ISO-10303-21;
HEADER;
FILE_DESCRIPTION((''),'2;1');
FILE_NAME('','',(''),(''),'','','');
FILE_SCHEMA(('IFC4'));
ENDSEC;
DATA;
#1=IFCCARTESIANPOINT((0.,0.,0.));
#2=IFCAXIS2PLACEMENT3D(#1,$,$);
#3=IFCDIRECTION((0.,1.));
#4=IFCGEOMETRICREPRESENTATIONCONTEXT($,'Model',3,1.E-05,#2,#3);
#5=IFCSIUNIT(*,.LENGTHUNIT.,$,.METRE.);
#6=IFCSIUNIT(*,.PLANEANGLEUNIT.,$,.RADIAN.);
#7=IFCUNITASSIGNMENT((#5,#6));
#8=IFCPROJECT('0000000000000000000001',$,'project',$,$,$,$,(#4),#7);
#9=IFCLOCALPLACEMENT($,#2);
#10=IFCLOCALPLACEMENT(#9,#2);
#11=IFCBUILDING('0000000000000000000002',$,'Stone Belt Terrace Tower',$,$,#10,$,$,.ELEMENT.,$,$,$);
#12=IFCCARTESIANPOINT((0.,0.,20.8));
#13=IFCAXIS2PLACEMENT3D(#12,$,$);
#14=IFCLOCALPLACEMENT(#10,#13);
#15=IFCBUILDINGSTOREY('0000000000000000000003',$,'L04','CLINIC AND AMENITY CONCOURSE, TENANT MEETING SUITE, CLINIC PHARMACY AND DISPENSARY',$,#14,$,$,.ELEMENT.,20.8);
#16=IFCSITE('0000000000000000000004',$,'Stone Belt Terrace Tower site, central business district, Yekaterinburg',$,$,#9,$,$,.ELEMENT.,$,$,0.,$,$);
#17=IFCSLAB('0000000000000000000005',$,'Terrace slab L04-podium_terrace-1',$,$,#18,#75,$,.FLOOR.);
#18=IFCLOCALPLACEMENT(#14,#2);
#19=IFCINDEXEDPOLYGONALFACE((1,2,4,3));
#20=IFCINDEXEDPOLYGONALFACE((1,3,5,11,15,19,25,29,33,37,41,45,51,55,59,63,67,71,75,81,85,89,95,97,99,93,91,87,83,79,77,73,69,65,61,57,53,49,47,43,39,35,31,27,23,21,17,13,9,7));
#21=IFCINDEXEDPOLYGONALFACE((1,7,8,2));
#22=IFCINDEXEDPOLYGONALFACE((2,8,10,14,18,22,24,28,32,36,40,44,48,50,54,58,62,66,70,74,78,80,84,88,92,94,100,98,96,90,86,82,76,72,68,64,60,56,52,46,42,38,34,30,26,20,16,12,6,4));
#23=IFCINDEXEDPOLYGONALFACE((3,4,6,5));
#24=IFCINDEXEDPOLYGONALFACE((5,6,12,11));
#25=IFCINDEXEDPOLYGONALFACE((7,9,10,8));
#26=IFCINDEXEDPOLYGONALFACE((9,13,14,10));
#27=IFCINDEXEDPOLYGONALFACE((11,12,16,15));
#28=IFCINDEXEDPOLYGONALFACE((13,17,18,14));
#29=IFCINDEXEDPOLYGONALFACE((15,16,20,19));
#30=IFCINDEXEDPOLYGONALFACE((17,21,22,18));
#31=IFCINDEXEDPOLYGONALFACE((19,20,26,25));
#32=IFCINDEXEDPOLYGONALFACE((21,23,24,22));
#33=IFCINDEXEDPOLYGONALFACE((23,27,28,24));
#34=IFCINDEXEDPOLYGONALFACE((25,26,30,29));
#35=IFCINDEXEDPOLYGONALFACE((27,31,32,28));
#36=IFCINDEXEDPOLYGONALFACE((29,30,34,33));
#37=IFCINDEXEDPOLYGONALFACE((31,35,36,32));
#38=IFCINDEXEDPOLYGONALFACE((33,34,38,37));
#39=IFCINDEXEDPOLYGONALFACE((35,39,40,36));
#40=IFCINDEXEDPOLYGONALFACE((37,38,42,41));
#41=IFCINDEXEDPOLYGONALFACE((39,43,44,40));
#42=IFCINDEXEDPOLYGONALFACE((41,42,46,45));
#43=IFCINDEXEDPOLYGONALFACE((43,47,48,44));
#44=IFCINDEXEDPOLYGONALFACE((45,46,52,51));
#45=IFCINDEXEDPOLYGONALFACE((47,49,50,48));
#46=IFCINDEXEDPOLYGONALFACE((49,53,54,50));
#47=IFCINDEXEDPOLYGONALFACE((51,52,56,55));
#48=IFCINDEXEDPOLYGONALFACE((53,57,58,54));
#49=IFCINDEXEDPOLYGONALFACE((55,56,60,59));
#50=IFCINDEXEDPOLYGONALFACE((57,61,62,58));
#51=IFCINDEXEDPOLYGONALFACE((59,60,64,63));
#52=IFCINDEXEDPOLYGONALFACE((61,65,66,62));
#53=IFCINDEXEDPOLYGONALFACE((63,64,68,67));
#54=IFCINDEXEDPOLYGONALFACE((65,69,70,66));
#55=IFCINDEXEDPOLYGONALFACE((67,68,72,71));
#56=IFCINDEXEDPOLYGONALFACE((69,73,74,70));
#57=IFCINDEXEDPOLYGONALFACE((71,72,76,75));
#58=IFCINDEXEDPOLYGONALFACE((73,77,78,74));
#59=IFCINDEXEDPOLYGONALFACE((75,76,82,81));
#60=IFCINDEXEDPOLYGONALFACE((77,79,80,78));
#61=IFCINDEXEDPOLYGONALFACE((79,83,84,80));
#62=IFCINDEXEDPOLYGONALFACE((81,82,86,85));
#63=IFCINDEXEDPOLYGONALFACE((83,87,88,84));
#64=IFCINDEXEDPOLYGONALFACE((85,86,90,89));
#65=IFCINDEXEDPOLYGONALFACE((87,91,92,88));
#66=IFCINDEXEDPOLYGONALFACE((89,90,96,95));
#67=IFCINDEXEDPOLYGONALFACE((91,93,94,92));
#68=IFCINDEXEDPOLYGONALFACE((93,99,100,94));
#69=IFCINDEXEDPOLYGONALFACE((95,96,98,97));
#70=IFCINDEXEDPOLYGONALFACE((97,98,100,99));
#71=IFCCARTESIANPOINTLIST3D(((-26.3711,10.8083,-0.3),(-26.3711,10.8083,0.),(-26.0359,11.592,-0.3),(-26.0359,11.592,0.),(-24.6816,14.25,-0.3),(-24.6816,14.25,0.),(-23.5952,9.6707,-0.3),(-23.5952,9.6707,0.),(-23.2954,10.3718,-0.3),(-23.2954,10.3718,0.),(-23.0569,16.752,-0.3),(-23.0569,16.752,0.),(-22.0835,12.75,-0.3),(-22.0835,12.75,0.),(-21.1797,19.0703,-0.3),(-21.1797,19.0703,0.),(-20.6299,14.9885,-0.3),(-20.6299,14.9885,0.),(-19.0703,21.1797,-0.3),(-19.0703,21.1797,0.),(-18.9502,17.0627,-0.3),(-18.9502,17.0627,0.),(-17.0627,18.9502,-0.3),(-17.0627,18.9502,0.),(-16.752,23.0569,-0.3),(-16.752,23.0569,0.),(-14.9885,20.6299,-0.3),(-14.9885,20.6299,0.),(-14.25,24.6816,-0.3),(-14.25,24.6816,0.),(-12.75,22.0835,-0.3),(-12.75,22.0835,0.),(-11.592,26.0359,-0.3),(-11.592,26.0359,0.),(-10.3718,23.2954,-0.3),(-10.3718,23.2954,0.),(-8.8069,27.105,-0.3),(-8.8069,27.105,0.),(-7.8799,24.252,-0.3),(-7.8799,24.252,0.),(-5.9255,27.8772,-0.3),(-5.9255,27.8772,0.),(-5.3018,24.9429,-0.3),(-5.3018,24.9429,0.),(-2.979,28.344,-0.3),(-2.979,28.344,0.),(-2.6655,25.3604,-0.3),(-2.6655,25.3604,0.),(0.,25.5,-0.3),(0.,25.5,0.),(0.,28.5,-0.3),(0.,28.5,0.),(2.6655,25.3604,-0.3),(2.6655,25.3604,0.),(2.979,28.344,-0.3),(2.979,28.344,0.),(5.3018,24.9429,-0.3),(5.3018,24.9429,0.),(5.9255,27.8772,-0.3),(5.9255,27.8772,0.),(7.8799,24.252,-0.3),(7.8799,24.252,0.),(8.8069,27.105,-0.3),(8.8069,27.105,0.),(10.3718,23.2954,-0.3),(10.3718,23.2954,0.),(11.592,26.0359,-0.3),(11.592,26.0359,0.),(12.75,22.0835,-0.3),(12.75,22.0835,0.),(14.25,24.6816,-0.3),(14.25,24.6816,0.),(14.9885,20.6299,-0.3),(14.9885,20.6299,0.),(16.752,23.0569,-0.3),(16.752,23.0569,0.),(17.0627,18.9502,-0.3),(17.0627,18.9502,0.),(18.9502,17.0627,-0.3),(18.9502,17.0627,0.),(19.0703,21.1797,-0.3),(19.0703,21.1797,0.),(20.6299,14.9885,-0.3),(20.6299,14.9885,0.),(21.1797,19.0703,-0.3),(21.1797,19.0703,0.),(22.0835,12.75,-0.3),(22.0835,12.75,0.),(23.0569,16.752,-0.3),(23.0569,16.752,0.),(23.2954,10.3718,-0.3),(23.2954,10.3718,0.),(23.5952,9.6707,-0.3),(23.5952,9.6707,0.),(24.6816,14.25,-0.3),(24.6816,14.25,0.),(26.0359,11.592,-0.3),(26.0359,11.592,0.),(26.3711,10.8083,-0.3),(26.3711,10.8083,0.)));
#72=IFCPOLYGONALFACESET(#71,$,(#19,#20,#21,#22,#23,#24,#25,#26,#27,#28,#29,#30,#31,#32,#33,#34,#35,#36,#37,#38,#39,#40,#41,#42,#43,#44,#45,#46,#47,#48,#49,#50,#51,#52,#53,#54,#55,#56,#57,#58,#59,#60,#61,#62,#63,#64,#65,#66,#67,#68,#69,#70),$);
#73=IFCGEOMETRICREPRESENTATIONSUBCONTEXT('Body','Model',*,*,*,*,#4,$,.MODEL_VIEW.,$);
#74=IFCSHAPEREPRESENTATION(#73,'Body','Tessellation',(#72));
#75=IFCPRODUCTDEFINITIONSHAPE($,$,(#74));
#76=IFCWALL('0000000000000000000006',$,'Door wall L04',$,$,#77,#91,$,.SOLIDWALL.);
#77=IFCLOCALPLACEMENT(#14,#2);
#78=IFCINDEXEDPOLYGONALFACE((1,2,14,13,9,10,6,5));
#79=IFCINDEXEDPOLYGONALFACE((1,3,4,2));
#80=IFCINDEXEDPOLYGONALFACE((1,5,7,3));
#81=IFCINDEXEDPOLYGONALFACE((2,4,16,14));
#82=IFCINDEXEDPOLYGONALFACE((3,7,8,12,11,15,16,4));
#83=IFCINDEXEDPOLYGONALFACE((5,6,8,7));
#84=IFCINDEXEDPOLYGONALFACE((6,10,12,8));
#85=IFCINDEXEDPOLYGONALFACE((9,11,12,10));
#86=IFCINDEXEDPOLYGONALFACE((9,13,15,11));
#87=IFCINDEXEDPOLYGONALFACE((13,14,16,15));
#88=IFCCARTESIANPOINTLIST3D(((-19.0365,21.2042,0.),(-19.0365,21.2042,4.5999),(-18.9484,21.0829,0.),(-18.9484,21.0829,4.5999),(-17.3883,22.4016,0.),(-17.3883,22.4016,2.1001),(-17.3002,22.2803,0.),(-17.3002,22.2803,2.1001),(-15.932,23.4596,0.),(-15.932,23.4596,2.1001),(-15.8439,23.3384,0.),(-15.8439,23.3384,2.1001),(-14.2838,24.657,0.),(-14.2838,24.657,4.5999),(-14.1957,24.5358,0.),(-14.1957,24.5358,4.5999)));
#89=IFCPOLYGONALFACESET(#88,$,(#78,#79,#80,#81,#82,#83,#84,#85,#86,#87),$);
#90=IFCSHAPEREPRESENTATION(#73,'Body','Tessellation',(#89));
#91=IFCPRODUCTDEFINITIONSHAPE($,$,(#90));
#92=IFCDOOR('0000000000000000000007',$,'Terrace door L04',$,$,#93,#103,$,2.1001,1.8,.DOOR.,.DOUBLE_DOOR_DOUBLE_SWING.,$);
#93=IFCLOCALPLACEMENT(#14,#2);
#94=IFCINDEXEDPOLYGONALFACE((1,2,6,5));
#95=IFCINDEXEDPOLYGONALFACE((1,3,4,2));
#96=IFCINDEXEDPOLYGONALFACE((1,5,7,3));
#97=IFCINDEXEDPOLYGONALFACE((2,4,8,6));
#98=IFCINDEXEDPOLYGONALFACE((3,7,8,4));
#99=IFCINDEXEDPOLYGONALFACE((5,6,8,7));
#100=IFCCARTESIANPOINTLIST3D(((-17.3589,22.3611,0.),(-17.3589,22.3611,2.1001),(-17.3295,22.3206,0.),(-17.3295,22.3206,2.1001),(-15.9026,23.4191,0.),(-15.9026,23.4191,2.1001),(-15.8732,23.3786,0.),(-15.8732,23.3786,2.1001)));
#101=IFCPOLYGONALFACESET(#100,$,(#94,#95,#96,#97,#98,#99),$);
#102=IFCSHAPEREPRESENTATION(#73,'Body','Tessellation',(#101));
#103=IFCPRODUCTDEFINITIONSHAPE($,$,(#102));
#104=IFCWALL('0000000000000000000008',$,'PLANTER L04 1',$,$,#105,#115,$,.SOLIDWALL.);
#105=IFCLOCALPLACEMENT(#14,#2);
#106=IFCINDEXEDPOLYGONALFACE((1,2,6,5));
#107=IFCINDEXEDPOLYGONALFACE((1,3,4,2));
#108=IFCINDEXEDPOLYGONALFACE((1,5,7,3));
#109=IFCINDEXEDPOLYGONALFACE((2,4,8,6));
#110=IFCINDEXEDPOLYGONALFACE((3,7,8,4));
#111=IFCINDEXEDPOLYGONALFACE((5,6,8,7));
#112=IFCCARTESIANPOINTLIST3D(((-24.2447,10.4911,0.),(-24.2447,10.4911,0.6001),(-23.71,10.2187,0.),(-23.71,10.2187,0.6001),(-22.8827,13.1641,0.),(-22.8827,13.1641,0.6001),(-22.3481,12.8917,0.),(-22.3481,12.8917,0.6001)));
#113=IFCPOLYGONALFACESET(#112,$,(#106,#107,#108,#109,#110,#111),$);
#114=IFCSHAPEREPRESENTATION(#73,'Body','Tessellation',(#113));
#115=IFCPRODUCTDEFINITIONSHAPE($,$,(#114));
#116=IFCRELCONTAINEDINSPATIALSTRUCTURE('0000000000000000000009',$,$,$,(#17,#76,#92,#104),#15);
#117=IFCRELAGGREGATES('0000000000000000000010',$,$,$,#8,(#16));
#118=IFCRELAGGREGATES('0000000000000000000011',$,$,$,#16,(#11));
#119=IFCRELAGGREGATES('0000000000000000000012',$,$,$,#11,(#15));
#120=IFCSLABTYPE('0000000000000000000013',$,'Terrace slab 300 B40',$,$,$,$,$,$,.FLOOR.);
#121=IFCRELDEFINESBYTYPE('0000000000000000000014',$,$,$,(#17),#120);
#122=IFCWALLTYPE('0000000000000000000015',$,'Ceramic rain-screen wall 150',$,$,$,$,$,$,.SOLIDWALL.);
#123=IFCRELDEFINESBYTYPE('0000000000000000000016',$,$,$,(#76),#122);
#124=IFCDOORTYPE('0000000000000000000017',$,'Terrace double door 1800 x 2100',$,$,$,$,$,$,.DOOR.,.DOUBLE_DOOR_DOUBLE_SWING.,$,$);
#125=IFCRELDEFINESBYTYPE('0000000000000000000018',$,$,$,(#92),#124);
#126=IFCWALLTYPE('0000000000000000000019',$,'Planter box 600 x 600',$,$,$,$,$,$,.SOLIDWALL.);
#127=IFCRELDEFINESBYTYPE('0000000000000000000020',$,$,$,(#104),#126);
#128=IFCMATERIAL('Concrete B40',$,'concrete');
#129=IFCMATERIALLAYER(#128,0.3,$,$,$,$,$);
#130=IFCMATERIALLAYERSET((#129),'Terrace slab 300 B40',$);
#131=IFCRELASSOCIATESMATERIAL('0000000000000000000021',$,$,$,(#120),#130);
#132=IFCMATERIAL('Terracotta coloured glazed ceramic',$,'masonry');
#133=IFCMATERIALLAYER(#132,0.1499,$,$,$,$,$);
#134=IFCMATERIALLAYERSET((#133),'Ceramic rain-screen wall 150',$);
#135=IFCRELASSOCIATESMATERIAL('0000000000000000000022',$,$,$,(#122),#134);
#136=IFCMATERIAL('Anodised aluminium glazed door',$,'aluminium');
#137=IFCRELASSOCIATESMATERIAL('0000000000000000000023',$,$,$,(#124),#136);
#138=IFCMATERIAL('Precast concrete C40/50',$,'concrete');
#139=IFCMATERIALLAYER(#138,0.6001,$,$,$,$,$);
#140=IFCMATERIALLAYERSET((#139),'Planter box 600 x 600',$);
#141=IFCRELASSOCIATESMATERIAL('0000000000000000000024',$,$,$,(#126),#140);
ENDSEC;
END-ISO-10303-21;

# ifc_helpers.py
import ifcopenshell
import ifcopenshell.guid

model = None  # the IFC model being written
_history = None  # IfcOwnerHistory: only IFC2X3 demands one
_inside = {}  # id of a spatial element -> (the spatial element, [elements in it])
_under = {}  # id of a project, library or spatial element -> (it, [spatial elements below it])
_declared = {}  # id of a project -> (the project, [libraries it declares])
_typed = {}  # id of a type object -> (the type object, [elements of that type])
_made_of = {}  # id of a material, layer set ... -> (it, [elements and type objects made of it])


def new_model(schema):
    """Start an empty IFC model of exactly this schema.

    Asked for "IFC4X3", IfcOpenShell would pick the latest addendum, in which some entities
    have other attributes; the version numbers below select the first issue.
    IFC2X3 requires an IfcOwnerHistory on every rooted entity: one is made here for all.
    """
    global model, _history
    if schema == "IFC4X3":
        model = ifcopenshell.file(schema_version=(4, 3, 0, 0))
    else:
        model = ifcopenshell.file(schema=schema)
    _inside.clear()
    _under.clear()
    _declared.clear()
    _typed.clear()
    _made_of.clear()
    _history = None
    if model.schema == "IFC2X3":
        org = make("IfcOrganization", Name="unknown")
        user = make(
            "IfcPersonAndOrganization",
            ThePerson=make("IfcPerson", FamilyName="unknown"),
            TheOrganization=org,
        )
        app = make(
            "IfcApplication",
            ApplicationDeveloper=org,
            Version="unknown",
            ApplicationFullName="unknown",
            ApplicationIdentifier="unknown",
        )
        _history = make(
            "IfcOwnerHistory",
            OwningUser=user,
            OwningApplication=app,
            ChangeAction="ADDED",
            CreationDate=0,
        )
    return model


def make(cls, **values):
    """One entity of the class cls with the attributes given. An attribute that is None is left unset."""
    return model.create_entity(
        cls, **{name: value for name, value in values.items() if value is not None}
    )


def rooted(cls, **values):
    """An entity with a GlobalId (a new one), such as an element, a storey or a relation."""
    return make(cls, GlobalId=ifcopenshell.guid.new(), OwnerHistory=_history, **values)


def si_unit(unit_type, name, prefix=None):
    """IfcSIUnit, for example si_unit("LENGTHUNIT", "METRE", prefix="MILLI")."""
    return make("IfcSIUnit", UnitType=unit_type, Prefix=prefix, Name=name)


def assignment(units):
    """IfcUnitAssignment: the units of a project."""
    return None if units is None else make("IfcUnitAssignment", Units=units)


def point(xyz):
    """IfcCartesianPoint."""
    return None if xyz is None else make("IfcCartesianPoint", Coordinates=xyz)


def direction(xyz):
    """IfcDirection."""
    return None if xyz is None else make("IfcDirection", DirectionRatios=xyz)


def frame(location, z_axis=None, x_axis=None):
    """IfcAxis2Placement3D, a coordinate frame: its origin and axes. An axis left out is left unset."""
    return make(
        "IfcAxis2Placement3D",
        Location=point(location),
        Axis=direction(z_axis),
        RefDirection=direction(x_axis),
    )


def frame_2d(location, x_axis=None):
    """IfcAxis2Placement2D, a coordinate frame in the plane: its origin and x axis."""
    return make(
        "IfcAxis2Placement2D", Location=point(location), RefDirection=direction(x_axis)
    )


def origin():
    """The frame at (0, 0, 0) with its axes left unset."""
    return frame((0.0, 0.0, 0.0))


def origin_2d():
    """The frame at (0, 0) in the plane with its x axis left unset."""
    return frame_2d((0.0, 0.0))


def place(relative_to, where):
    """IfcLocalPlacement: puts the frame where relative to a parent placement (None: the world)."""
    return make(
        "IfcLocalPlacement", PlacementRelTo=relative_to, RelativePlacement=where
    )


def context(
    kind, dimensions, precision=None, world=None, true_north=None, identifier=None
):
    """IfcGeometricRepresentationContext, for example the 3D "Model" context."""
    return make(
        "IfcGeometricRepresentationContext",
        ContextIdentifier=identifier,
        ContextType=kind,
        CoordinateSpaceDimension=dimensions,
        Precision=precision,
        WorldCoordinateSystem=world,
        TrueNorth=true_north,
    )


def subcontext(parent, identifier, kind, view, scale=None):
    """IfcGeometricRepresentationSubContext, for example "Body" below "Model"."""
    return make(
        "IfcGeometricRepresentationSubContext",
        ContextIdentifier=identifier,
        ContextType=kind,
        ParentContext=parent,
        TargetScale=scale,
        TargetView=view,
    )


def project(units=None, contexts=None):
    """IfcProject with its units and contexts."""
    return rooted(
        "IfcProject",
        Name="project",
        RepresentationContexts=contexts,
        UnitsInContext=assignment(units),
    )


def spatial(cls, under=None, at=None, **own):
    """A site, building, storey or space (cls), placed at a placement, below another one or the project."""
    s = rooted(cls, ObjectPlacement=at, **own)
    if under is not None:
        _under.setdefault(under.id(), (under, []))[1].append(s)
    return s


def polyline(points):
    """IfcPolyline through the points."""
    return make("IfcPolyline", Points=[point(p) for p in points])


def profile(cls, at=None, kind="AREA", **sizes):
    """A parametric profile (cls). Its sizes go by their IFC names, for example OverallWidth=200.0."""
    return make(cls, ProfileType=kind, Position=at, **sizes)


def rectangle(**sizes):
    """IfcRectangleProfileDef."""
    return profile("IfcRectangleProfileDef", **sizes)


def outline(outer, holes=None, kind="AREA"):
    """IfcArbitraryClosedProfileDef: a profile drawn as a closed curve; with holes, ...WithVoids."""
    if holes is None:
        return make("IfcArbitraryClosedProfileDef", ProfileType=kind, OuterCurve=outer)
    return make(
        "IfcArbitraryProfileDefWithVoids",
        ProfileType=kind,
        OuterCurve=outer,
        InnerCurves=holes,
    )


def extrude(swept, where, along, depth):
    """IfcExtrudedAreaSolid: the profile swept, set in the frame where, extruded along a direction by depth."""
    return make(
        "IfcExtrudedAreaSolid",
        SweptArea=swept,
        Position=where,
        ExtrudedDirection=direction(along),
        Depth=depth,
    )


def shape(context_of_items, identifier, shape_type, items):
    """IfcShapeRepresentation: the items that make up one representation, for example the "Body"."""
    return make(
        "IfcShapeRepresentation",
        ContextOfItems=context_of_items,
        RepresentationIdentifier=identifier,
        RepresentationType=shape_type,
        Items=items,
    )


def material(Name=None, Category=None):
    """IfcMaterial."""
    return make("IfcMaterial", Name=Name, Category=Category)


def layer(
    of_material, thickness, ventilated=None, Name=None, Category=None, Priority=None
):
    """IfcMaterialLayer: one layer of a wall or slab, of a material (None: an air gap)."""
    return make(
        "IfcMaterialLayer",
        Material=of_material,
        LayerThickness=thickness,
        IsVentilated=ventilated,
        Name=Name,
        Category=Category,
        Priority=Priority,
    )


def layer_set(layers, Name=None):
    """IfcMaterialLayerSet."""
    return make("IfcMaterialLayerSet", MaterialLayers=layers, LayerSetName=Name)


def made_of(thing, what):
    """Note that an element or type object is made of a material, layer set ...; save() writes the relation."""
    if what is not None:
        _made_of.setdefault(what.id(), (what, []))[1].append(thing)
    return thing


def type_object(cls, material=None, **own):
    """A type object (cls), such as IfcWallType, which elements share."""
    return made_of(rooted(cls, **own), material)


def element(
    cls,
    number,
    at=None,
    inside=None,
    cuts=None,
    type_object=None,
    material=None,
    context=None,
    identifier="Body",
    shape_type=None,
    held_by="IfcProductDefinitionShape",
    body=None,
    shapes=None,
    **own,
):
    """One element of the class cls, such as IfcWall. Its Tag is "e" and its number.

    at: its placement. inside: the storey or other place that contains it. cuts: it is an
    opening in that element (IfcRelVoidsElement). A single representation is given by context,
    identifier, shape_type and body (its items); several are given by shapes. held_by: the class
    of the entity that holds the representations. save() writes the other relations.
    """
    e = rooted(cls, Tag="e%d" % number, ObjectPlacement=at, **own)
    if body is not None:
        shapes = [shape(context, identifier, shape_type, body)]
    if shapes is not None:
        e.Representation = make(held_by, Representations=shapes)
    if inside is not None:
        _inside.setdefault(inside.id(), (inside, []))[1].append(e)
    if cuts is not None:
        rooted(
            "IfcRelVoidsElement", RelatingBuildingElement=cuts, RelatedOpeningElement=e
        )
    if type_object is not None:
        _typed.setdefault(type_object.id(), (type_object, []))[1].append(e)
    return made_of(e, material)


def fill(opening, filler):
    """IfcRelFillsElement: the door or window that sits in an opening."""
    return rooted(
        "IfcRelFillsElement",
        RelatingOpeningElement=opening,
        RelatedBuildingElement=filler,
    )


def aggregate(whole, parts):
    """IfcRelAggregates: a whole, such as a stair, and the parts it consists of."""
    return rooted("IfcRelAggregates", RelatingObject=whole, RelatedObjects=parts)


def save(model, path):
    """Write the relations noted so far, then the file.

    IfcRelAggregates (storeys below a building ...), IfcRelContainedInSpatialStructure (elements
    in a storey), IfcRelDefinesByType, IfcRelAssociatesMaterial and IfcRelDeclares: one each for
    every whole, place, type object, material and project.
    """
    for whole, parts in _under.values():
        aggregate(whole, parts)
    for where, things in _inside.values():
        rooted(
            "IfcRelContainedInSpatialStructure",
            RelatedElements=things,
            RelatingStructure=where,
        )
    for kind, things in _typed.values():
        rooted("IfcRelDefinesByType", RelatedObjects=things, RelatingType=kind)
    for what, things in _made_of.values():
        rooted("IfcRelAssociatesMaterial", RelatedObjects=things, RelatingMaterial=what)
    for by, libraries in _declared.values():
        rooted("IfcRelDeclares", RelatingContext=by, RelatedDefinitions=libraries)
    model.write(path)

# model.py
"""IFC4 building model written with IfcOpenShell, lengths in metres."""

from ifc_helpers import new_model, si_unit, direction, frame, frame_2d, origin, origin_2d, place, context, subcontext, project, spatial, polyline, rectangle, outline, extrude, material, layer, layer_set, type_object, element, fill, save


model = new_model("IFC4")

# Units and contexts
model_context = context("Model", 3, precision=1e-05, world=origin(), true_north=direction((0.0, 1.0)))
body_context = subcontext(model_context, "Body", "Model", "MODEL_VIEW")
ifc_project = project(units=[si_unit("LENGTHUNIT", "METRE"), si_unit("PLANEANGLEUNIT", "RADIAN")], contexts=[model_context])

# Site, building, storey
site_placement = place(None, origin())
site = spatial("IfcSite", under=ifc_project, at=site_placement, Name="Stone Belt Terrace Tower site, central business district, Yekaterinburg", CompositionType="ELEMENT", RefElevation=0.0)
building_placement = place(site_placement, origin())
building = spatial("IfcBuilding", under=site, at=building_placement, Name="Stone Belt Terrace Tower", CompositionType="ELEMENT")
storey_placement = place(building_placement, frame((0.0, 0.0, 20.8)))
storey = spatial("IfcBuildingStorey", under=building, at=storey_placement, Name="L04", Description="CLINIC AND AMENITY CONCOURSE, TENANT MEETING SUITE, CLINIC PHARMACY AND DISPENSARY", CompositionType="ELEMENT", Elevation=20.8)

# Shared definitions
ifc_material_1 = material(Name="Concrete B40", Category="concrete")

# Slab
ifc_layer_1 = layer(ifc_material_1, 0.3)
ifc_layer_set_1 = layer_set([ifc_layer_1], Name="Terrace slab 300 B40")
slab_type_1 = type_object("IfcSlabType", Name="Terrace slab 300 B40", PredefinedType="FLOOR", material=ifc_layer_set_1)
slab_1_placement = place(storey_placement, frame((0.0, 0.0, -0.3)))
element("IfcSlab", 1, at=slab_1_placement, inside=storey, type_object=slab_type_1, Name="Terrace slab L04-podium_terrace-1", PredefinedType="FLOOR", context=body_context, shape_type="SweptSolid", body=[
    extrude(outline(polyline([(23.5952, 9.6707), (26.3711, 10.8083), (26.0359, 11.592), (24.6816, 14.25), (23.0569, 16.752), (21.1797, 19.0703), (19.0703, 21.1797), (16.752, 23.0569), (14.25, 24.6816), (11.592, 26.0359), (8.8069, 27.105), (5.9255, 27.8772), (2.979, 28.344), (0.0, 28.5), (-2.979, 28.344), (-5.9255, 27.8772), (-8.8069, 27.105), (-11.592, 26.0359), (-14.25, 24.6816), (-16.752, 23.0569), (-19.0703, 21.1797), (-21.1797, 19.0703), (-23.0569, 16.752), (-24.6816, 14.25), (-26.0359, 11.592), (-26.3711, 10.8083), (-23.5952, 9.6707), (-23.2954, 10.3718), (-22.0835, 12.75), (-20.6299, 14.9885), (-18.9502, 17.0627), (-17.0627, 18.9502), (-14.9885, 20.6299), (-12.75, 22.0835), (-10.3718, 23.2954), (-7.8799, 24.252), (-5.3018, 24.9429), (-2.6655, 25.3604), (0.0, 25.5), (2.6655, 25.3604), (5.3018, 24.9429), (7.8799, 24.252), (10.3718, 23.2954), (12.75, 22.0835), (14.9885, 20.6299), (17.0627, 18.9502), (18.9502, 17.0627), (20.6299, 14.9885), (22.0835, 12.75), (23.2954, 10.3718), (23.5952, 9.6707)])), origin(), (0.0, 0.0, 1.0), 0.3),
])

# Wall, opening, door
ifc_material_2 = material(Name="Terracotta coloured glazed ceramic", Category="masonry")
ifc_layer_2 = layer(ifc_material_2, 0.1499)
ifc_layer_set_2 = layer_set([ifc_layer_2], Name="Ceramic rain-screen wall 150")
wall_type_1 = type_object("IfcWallType", Name="Ceramic rain-screen wall 150", PredefinedType="SOLIDWALL", material=ifc_layer_set_2)
wall_1_placement = place(storey_placement, frame((-18.9924, 21.1436, 0.0), z_axis=(0.0, 0.0, 1.0), x_axis=(0.809029, 0.587769, 0.0)))
wall_1 = element("IfcWall", 2, at=wall_1_placement, inside=storey, type_object=wall_type_1, Name="Door wall L04", PredefinedType="SOLIDWALL", context=body_context, shape_type="SweptSolid", body=[
    extrude(rectangle(XDim=5.8745, YDim=0.1499, at=frame_2d((2.9373, 0.0))), origin(), (0.0, 0.0, 1.0), 4.5999),
])
opening_placement = place(wall_1_placement, frame((2.0374, 0.0, 0.0)))
opening = element("IfcOpeningElement", 3, at=opening_placement, cuts=wall_1, PredefinedType="OPENING", context=body_context, shape_type="SweptSolid", body=[
    extrude(rectangle(XDim=1.8, YDim=2.1001, at=frame_2d((0.8999, 1.05))), frame((0.0, 0.085, 0.0), z_axis=(0.0, -1.0, 0.0), x_axis=(1.0, 0.0, 0.0)), (0.0, 0.0, 1.0), 0.1699),
])
ifc_material_3 = material(Name="Anodised aluminium glazed door", Category="aluminium")
door_type = type_object("IfcDoorType", Name="Terrace double door 1800 x 2100", OperationType="DOUBLE_DOOR_DOUBLE_SWING", PredefinedType="DOOR", material=ifc_material_3)
door_placement = place(opening_placement, origin())
door = element("IfcDoor", 4, at=door_placement, inside=storey, type_object=door_type, Name="Terrace door L04", OperationType="DOUBLE_DOOR_DOUBLE_SWING", OverallHeight=2.1001, OverallWidth=1.8, PredefinedType="DOOR", context=body_context, shape_type="SweptSolid", body=[
    extrude(rectangle(XDim=1.8, YDim=2.1001, at=frame_2d((0.8999, 1.05))), frame((0.0, 0.0249, 0.0), z_axis=(0.0, -1.0, 0.0), x_axis=(1.0, 0.0, 0.0)), (0.0, 0.0, 1.0), 0.05),
])
fill(opening, door)

# Wall
ifc_material_4 = material(Name="Precast concrete C40/50", Category="concrete")
ifc_layer_3 = layer(ifc_material_4, 0.6001)
ifc_layer_set_3 = layer_set([ifc_layer_3], Name="Planter box 600 x 600")
wall_type_2 = type_object("IfcWallType", Name="Planter box 600 x 600", PredefinedType="SOLIDWALL", material=ifc_layer_set_3)
wall_2_placement = place(storey_placement, frame((-23.2964, 11.6914, 0.0), z_axis=(0.0, 0.0, 1.0), x_axis=(0.45399, 0.891007, 0.0)))
element("IfcWall", 5, at=wall_2_placement, inside=storey, type_object=wall_type_2, Name="PLANTER L04 1", PredefinedType="SOLIDWALL", context=body_context, shape_type="SweptSolid", body=[
    extrude(rectangle(XDim=3.0, YDim=0.6001, at=origin_2d()), origin(), (0.0, 0.0, 1.0), 0.6001),
])

save(model, "model.ifc")
